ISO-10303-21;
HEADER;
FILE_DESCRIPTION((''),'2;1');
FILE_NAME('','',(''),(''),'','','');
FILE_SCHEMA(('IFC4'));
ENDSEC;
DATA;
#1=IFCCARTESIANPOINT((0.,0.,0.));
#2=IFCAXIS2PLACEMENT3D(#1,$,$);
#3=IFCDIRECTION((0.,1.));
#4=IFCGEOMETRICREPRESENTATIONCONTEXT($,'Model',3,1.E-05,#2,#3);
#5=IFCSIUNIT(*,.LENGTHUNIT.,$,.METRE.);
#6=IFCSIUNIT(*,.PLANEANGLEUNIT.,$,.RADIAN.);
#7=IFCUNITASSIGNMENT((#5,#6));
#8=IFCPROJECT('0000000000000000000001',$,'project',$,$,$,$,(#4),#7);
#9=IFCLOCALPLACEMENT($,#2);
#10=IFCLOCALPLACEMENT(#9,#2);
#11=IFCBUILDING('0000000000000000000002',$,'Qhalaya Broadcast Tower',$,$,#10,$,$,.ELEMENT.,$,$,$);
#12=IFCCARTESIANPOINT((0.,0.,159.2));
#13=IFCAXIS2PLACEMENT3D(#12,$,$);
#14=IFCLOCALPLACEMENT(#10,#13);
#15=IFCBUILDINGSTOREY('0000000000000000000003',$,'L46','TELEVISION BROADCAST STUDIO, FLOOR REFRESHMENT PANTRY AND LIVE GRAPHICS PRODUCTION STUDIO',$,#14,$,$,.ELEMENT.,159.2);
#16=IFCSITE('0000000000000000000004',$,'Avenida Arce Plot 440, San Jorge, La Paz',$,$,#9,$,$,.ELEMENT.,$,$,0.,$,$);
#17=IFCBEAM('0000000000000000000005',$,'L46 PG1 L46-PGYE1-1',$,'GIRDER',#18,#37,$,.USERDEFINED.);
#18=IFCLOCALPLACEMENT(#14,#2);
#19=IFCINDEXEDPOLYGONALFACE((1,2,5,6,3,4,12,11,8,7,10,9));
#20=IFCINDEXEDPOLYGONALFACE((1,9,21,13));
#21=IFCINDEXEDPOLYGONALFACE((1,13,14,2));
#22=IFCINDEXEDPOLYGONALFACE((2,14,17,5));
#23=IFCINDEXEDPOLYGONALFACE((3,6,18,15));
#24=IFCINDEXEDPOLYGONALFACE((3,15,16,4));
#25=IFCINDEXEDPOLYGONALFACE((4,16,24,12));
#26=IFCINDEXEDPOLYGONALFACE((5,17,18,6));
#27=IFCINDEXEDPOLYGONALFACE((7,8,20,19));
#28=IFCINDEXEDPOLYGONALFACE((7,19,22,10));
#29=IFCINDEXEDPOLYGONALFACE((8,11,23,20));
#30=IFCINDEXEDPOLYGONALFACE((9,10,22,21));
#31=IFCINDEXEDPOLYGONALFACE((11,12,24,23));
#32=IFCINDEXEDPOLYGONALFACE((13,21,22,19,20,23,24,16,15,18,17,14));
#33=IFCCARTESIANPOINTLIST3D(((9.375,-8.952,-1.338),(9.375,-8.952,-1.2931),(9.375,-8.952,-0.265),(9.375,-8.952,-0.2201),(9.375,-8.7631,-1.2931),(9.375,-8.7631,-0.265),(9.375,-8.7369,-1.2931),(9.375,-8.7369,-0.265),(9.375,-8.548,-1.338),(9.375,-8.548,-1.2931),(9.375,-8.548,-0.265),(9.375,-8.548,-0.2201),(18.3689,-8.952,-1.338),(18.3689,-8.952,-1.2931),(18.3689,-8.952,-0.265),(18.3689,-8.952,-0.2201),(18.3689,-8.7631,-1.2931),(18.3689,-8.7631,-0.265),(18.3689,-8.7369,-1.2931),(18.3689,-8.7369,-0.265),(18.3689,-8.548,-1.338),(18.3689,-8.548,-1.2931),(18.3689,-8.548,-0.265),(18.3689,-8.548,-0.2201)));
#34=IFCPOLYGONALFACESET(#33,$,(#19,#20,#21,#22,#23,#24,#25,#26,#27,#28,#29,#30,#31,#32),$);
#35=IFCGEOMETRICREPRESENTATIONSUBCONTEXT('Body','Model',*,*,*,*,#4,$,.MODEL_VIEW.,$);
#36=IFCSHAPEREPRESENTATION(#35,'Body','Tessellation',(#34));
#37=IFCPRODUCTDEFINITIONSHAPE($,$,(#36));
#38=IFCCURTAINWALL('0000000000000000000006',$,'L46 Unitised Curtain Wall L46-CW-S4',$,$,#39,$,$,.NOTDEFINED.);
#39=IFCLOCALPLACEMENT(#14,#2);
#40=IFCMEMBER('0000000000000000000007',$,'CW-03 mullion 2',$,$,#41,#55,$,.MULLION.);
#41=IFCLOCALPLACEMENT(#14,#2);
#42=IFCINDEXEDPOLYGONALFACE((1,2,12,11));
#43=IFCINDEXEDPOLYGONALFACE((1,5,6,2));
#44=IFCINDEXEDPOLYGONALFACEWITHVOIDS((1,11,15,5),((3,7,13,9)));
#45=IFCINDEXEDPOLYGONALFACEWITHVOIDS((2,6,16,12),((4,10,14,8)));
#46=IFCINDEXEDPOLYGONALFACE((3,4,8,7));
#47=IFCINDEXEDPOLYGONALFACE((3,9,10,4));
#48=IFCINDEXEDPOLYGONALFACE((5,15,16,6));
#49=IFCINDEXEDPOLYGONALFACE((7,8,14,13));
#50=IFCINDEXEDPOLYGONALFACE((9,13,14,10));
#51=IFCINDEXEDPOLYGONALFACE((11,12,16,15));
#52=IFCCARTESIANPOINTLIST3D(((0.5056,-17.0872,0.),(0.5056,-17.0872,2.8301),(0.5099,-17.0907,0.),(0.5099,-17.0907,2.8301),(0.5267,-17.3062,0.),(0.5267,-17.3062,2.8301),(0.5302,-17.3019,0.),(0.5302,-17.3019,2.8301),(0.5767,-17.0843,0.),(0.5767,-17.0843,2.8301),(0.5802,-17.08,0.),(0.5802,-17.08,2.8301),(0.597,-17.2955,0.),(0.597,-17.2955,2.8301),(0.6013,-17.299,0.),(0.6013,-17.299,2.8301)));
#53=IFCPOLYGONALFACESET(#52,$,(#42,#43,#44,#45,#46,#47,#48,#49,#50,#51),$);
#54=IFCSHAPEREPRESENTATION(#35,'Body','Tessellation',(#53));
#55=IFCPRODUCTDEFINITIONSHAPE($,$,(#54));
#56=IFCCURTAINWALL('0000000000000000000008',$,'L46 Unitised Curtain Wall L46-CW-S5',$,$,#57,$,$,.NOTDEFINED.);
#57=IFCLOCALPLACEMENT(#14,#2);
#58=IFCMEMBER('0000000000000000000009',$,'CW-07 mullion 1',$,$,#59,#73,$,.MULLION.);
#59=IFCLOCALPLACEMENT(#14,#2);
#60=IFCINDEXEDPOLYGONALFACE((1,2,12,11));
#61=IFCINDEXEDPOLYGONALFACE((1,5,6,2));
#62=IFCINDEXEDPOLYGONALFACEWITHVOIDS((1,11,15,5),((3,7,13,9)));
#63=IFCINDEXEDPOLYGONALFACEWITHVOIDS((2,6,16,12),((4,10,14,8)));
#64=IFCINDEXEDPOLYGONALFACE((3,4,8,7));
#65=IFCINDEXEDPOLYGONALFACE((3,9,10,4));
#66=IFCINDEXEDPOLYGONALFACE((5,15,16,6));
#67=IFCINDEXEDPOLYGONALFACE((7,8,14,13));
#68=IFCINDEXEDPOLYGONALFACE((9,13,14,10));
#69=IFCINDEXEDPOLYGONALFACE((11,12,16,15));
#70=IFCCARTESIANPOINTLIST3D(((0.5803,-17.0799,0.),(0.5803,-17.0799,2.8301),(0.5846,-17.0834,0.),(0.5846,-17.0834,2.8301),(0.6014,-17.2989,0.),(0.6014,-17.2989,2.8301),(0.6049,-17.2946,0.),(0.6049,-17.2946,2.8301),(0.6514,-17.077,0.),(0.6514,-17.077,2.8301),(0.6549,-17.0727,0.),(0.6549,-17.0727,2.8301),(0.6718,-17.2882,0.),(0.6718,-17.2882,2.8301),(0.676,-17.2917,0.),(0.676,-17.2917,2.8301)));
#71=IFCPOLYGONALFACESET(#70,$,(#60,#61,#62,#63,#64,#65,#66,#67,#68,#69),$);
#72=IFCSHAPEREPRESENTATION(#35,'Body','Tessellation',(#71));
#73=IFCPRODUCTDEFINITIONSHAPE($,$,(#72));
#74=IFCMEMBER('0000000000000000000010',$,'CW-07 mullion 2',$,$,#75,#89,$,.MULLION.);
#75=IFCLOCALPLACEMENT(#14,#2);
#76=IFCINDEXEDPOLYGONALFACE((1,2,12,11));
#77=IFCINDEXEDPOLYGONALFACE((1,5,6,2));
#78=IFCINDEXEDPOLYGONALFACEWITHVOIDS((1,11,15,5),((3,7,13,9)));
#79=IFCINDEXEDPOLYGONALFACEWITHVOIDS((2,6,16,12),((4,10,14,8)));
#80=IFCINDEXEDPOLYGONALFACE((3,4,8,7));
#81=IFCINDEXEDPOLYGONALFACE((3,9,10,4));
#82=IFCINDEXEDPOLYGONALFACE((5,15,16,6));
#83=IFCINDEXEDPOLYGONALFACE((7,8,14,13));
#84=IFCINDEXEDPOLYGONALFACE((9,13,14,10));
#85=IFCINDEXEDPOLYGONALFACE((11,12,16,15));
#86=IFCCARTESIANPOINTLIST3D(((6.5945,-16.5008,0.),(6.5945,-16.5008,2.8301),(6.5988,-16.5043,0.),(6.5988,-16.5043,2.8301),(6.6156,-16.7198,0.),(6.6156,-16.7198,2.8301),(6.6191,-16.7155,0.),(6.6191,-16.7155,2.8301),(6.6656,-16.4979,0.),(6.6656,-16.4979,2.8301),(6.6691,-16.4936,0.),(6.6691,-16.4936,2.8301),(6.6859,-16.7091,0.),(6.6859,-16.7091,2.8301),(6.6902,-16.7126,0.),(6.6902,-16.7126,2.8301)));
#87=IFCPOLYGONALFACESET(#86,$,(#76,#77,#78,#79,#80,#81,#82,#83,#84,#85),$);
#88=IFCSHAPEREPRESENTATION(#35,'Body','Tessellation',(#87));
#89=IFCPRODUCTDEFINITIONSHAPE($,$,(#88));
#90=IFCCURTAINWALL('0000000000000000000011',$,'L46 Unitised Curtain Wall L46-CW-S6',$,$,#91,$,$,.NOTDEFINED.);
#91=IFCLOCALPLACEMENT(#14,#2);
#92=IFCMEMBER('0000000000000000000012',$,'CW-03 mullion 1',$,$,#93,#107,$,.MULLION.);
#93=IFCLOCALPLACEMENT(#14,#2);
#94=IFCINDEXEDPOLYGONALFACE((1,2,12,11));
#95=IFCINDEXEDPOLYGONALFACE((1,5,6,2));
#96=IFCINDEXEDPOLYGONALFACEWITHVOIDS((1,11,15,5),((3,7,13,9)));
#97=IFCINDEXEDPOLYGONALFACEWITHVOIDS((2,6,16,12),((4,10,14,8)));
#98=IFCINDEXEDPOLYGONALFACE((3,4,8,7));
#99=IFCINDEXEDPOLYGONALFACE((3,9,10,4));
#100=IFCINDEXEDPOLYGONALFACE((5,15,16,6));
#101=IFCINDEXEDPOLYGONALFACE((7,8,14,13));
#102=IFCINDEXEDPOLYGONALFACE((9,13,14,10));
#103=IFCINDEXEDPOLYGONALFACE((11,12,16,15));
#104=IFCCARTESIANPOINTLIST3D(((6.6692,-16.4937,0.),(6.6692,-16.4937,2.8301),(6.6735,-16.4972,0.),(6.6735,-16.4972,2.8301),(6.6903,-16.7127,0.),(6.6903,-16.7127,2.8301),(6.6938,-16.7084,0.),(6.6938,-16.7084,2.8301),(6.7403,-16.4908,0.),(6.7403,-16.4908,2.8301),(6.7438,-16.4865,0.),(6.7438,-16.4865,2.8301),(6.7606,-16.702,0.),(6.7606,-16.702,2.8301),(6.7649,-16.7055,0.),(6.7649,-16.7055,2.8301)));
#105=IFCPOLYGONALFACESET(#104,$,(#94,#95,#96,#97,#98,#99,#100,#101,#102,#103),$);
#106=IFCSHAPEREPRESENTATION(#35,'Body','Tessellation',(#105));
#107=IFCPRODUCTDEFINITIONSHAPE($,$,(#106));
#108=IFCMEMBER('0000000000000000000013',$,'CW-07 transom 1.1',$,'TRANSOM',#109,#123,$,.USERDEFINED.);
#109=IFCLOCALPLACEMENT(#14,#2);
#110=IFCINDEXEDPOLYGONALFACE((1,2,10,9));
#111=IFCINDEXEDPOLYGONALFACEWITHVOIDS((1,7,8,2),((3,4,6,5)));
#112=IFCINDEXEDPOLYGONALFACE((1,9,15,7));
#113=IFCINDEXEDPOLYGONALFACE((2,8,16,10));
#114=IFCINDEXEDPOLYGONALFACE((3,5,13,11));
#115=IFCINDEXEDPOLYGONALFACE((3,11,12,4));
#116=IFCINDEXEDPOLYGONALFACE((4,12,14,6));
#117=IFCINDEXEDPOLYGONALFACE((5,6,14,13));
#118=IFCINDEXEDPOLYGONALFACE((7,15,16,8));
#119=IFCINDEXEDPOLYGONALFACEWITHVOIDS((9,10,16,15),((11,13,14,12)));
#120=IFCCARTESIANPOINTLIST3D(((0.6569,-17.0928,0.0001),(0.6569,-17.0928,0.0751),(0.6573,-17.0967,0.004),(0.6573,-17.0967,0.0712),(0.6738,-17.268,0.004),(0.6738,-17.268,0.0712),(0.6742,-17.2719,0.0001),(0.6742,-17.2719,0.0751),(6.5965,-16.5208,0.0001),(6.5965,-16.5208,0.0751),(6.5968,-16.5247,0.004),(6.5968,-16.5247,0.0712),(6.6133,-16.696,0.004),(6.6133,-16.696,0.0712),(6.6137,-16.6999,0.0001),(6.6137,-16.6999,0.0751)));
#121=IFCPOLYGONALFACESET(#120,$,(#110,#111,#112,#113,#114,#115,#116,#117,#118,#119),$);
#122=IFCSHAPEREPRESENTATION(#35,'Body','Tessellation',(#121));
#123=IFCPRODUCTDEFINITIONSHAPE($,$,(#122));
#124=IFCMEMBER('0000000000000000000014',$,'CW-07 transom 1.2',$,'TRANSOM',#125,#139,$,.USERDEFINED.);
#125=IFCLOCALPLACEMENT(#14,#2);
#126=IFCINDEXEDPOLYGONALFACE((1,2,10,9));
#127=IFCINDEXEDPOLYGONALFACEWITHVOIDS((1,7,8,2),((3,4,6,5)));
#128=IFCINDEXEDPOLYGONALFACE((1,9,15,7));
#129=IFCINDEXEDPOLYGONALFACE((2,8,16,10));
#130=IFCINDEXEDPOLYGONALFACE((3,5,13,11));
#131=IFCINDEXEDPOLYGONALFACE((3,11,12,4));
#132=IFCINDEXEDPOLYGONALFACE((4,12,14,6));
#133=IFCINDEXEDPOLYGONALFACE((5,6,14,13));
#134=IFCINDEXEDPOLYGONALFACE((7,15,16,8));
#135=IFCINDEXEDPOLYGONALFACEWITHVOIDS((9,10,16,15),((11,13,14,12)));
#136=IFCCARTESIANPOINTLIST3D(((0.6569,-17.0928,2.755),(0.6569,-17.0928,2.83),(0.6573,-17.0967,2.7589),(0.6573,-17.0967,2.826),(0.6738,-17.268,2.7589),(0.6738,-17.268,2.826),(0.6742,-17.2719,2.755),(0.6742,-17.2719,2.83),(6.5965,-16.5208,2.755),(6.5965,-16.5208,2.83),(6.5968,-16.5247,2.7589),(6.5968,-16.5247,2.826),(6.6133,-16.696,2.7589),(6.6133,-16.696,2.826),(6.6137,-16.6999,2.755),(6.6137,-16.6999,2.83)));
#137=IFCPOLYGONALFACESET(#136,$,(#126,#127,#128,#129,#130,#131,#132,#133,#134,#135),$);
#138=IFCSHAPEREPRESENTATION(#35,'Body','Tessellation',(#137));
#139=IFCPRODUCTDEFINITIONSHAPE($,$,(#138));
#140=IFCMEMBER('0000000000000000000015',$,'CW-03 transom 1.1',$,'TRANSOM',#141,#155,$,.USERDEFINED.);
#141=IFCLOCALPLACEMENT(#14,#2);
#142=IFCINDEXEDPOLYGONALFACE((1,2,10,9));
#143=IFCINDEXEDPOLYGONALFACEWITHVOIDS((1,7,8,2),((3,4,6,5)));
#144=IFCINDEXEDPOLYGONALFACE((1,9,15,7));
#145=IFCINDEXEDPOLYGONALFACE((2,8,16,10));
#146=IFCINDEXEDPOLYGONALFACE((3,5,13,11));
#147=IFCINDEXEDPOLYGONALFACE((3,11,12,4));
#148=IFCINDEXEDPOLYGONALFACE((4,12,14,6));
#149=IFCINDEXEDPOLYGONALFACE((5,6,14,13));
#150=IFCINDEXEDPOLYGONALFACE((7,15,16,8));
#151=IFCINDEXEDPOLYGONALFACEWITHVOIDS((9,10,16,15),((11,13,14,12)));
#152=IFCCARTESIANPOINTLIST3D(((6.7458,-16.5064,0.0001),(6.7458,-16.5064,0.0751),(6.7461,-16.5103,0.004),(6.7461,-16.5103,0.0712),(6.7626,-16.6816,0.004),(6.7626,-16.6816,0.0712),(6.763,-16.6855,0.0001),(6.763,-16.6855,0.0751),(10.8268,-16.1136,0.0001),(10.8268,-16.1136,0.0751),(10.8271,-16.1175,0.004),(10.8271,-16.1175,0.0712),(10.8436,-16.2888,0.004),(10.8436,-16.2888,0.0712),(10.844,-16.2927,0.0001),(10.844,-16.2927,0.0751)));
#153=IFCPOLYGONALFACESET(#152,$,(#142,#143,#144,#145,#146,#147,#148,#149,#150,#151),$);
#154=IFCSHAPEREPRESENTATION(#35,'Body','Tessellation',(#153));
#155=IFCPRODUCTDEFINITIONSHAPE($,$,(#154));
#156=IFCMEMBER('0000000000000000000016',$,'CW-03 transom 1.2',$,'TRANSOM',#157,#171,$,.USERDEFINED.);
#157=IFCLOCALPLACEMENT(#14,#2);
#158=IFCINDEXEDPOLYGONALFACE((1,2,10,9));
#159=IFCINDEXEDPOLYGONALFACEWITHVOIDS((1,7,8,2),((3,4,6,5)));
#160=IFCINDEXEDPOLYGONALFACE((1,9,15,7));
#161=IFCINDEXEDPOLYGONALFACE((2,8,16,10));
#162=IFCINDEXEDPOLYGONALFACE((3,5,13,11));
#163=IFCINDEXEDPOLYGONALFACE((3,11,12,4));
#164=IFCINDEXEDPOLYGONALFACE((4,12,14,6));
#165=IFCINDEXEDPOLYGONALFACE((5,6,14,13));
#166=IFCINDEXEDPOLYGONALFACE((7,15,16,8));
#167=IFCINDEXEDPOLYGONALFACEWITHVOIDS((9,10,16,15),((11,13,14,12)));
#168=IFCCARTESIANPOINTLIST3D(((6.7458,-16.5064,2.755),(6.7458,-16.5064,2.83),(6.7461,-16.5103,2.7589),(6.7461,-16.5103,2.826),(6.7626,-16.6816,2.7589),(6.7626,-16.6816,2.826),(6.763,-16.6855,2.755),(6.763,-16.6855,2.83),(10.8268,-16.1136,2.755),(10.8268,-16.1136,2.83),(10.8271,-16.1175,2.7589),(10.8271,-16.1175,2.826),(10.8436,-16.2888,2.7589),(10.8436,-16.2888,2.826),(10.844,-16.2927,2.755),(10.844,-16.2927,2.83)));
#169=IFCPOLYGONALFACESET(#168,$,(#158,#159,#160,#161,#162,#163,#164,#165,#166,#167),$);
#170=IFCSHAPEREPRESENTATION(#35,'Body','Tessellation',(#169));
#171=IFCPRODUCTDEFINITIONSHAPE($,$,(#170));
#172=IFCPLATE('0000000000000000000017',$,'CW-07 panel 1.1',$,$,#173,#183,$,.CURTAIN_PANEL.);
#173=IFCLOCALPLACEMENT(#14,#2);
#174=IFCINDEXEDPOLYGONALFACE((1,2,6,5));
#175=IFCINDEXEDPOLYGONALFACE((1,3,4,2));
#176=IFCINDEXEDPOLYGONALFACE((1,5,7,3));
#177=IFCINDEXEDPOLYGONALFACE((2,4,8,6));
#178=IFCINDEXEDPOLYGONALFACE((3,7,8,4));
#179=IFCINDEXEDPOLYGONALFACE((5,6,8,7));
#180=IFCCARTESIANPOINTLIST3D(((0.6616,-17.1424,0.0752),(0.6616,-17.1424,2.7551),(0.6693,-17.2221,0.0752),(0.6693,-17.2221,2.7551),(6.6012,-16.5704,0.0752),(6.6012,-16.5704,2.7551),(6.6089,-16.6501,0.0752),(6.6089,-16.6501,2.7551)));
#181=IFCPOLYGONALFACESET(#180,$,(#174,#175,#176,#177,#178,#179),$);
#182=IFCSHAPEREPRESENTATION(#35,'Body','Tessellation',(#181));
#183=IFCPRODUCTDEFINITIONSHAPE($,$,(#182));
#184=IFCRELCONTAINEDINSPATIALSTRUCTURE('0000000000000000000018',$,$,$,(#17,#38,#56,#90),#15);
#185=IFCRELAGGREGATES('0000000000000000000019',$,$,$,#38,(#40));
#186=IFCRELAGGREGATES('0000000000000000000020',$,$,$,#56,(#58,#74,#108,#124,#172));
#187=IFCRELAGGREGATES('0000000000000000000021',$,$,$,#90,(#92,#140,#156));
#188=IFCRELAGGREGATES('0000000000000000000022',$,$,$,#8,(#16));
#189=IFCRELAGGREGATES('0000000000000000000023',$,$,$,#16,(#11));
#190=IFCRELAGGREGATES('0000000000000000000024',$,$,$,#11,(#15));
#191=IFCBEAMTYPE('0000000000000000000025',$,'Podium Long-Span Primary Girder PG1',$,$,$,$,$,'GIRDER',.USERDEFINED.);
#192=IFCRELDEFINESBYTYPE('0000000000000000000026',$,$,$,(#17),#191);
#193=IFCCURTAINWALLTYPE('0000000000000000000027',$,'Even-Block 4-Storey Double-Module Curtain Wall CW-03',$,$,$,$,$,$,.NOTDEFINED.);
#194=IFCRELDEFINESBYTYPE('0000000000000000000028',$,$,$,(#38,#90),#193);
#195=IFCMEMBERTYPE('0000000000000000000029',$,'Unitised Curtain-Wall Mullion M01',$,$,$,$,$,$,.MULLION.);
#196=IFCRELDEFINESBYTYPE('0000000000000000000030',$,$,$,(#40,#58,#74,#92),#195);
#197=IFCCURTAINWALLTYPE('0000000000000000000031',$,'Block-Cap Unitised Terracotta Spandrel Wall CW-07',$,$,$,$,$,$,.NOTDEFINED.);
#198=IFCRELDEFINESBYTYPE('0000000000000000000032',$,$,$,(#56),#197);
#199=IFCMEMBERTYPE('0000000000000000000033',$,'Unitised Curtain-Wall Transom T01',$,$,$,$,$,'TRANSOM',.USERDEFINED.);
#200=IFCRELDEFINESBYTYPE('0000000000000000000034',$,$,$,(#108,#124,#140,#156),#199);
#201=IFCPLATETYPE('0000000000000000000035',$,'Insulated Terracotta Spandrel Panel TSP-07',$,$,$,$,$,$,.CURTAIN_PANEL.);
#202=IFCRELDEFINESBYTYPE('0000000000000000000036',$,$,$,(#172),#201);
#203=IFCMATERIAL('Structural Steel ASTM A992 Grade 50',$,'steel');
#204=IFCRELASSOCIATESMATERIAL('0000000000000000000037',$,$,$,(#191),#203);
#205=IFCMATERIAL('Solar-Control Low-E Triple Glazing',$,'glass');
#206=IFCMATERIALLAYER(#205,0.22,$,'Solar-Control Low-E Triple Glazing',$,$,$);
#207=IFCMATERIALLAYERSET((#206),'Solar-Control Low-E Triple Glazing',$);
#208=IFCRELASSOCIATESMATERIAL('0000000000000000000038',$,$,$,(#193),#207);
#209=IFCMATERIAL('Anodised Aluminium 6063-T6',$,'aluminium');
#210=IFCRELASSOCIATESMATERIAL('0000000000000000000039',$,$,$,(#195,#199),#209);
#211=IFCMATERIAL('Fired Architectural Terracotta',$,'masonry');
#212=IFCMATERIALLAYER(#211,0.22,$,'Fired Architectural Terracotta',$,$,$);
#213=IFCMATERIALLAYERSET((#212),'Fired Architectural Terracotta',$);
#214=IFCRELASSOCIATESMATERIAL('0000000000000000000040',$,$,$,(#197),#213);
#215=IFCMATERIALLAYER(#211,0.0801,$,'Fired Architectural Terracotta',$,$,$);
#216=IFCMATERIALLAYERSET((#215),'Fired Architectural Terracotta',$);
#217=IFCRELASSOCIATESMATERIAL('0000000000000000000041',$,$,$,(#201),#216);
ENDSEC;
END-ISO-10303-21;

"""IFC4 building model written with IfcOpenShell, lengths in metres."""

from ifc_helpers import new_model, si_unit, direction, frame, origin, origin_2d, place, context, subcontext, project, spatial, rectangle, hollow_rectangle, i_section, extrude, material, layer, layer_set, material_profile, profile_set, type_object, element, aggregate, save


model = new_model("IFC4")

# Units and contexts
model_context = context("Model", 3, precision=1e-05, world=origin(), true_north=direction((0.0, 1.0)))
body_context = subcontext(model_context, "Body", "Model", "MODEL_VIEW")
ifc_project = project(units=[si_unit("LENGTHUNIT", "METRE"), si_unit("PLANEANGLEUNIT", "RADIAN")], contexts=[model_context])

# Site, building, storey
site_placement = place(None, origin())
site = spatial("IfcSite", under=ifc_project, at=site_placement, Name="Avenida Arce Plot 440, San Jorge, La Paz", CompositionType="ELEMENT", RefElevation=0.0)
building_placement = place(site_placement, origin())
building = spatial("IfcBuilding", under=site, at=building_placement, Name="Qhalaya Broadcast Tower", CompositionType="ELEMENT")
storey_placement = place(building_placement, frame((0.0, 0.0, 159.2)))
storey = spatial("IfcBuildingStorey", under=building, at=storey_placement, Name="L46", Description="TELEVISION BROADCAST STUDIO, FLOOR REFRESHMENT PANTRY AND LIVE GRAPHICS PRODUCTION STUDIO", CompositionType="ELEMENT", Elevation=159.2)

# Beam
ifc_material_1 = material(Name="Structural Steel ASTM A992 Grade 50", Category="steel")
ifc_material_profile_1 = material_profile(ifc_material_1, i_section(OverallWidth=0.4041, OverallDepth=1.1179, WebThickness=0.0261, FlangeThickness=0.0449, at=origin_2d()), Name="W44X335")
ifc_profile_set_1 = profile_set([ifc_material_profile_1], Name="Structural Steel ASTM A992 Grade 50")
beam_type_1 = type_object("IfcBeamType", Name="Podium Long-Span Primary Girder PG1", ElementType="GIRDER", PredefinedType="USERDEFINED", material=ifc_profile_set_1)
beam_1_placement = place(storey_placement, frame((9.375, -8.75, -0.7791), z_axis=(1.0, 0.0, 0.0), x_axis=(0.0, 1.0, 0.0)))
element("IfcBeam", 1, at=beam_1_placement, inside=storey, type_object=beam_type_1, Name="L46 PG1 L46-PGYE1-1", ObjectType="GIRDER", PredefinedType="USERDEFINED", context=body_context, shape_type="SweptSolid", body=[
    extrude(i_section(OverallWidth=0.4041, OverallDepth=1.1179, WebThickness=0.0261, FlangeThickness=0.0449, at=origin_2d()), origin(), (0.0, 0.0, 1.0), 8.9939),
])

# Curtain wall, member
ifc_material_2 = material(Name="Solar-Control Low-E Triple Glazing", Category="glass")
ifc_layer_1 = layer(ifc_material_2, 0.22, Name="Solar-Control Low-E Triple Glazing")
ifc_layer_set_1 = layer_set([ifc_layer_1], Name="Solar-Control Low-E Triple Glazing")
curtain_wall_type_1 = type_object("IfcCurtainWallType", Name="Even-Block 4-Storey Double-Module Curtain Wall CW-03", PredefinedType="NOTDEFINED", material=ifc_layer_set_1)
curtain_wall_1_placement = place(storey_placement, origin())
curtain_wall_1 = element("IfcCurtainWall", 2, at=curtain_wall_1_placement, inside=storey, type_object=curtain_wall_type_1, Name="L46 Unitised Curtain Wall L46-CW-S4", PredefinedType="NOTDEFINED")
ifc_material_3 = material(Name="Anodised Aluminium 6063-T6", Category="aluminium")
ifc_material_profile_2 = material_profile(ifc_material_3, hollow_rectangle(XDim=0.075, YDim=0.22, WallThickness=0.0039, at=origin_2d()), Name="ALU-MUL 75x220x4")
ifc_profile_set_2 = profile_set([ifc_material_profile_2], Name="Anodised Aluminium 6063-T6")
member_type_1 = type_object("IfcMemberType", Name="Unitised Curtain-Wall Mullion M01", PredefinedType="MULLION", material=ifc_profile_set_2)
member_1_placement = place(storey_placement, frame((0.5535, -17.1931, 0.0), z_axis=(0.0, 0.0, 1.0), x_axis=(0.995395, 0.095857, 0.0)))
member_1 = element("IfcMember", 3, at=member_1_placement, type_object=member_type_1, Name="CW-03 mullion 2", PredefinedType="MULLION", context=body_context, shape_type="SweptSolid", body=[
    extrude(hollow_rectangle(XDim=0.075, YDim=0.22, WallThickness=0.0039, at=origin_2d()), origin(), (0.0, 0.0, 1.0), 2.8301),
])
aggregate(curtain_wall_1, [member_1])

# Curtain wall, members
ifc_material_4 = material(Name="Fired Architectural Terracotta", Category="masonry")
ifc_layer_2 = layer(ifc_material_4, 0.22, Name="Fired Architectural Terracotta")
ifc_layer_set_2 = layer_set([ifc_layer_2], Name="Fired Architectural Terracotta")
curtain_wall_type_2 = type_object("IfcCurtainWallType", Name="Block-Cap Unitised Terracotta Spandrel Wall CW-07", PredefinedType="NOTDEFINED", material=ifc_layer_set_2)
curtain_wall_2_placement = place(storey_placement, origin())
curtain_wall_2 = element("IfcCurtainWall", 4, at=curtain_wall_2_placement, inside=storey, type_object=curtain_wall_type_2, Name="L46 Unitised Curtain Wall L46-CW-S5", PredefinedType="NOTDEFINED")
member_2_placement = place(storey_placement, frame((0.6282, -17.1858, 0.0), z_axis=(0.0, 0.0, 1.0), x_axis=(0.995396, 0.095848, 0.0)))
member_2 = element("IfcMember", 5, at=member_2_placement, type_object=member_type_1, Name="CW-07 mullion 1", PredefinedType="MULLION", context=body_context, shape_type="SweptSolid", body=[
    extrude(hollow_rectangle(XDim=0.075, YDim=0.22, WallThickness=0.0039, at=origin_2d()), origin(), (0.0, 0.0, 1.0), 2.8301),
])
member_3_placement = place(storey_placement, frame((6.6423, -16.6067, 0.0), z_axis=(0.0, 0.0, 1.0), x_axis=(0.995396, 0.095848, 0.0)))
member_3 = element("IfcMember", 6, at=member_3_placement, type_object=member_type_1, Name="CW-07 mullion 2", PredefinedType="MULLION", context=body_context, shape_type="SweptSolid", body=[
    extrude(hollow_rectangle(XDim=0.075, YDim=0.22, WallThickness=0.0039, at=origin_2d()), origin(), (0.0, 0.0, 1.0), 2.8301),
])

# Curtain wall, member
curtain_wall_3_placement = place(storey_placement, origin())
curtain_wall_3 = element("IfcCurtainWall", 7, at=curtain_wall_3_placement, inside=storey, type_object=curtain_wall_type_1, Name="L46 Unitised Curtain Wall L46-CW-S6", PredefinedType="NOTDEFINED")
member_4_placement = place(storey_placement, frame((6.717, -16.5996, 0.0), z_axis=(0.0, 0.0, 1.0), x_axis=(0.995397, 0.095834, 0.0)))
member_4 = element("IfcMember", 8, at=member_4_placement, type_object=member_type_1, Name="CW-03 mullion 1", PredefinedType="MULLION", context=body_context, shape_type="SweptSolid", body=[
    extrude(hollow_rectangle(XDim=0.075, YDim=0.22, WallThickness=0.0039, at=origin_2d()), origin(), (0.0, 0.0, 1.0), 2.8301),
])

# Members
ifc_material_profile_3 = material_profile(ifc_material_3, hollow_rectangle(XDim=0.075, YDim=0.1799, WallThickness=0.0039, at=origin_2d()), Name="ALU-TRN 75x180x4")
ifc_profile_set_3 = profile_set([ifc_material_profile_3], Name="Anodised Aluminium 6063-T6")
member_type_2 = type_object("IfcMemberType", Name="Unitised Curtain-Wall Transom T01", ElementType="TRANSOM", PredefinedType="USERDEFINED", material=ifc_profile_set_3)
member_5_placement = place(storey_placement, frame((0.6655, -17.1824, 0.0376), z_axis=(0.995394, 0.095865, 0.0), x_axis=(0.0, 0.0, 1.0)))
member_5 = element("IfcMember", 9, at=member_5_placement, type_object=member_type_2, Name="CW-07 transom 1.1", ObjectType="TRANSOM", PredefinedType="USERDEFINED", context=body_context, shape_type="SweptSolid", body=[
    extrude(hollow_rectangle(XDim=0.075, YDim=0.1799, WallThickness=0.0039, at=origin_2d()), origin(), (0.0, 0.0, 1.0), 5.967),
])
member_6_placement = place(storey_placement, frame((0.6655, -17.1824, 2.7925), z_axis=(0.995394, 0.095865, 0.0), x_axis=(0.0, 0.0, 1.0)))
member_6 = element("IfcMember", 10, at=member_6_placement, type_object=member_type_2, Name="CW-07 transom 1.2", ObjectType="TRANSOM", PredefinedType="USERDEFINED", context=body_context, shape_type="SweptSolid", body=[
    extrude(hollow_rectangle(XDim=0.075, YDim=0.1799, WallThickness=0.0039, at=origin_2d()), origin(), (0.0, 0.0, 1.0), 5.967),
])
member_7_placement = place(storey_placement, frame((6.7544, -16.5959, 0.0376), z_axis=(0.995399, 0.095812, 0.0), x_axis=(0.0, 0.0, 1.0)))
member_7 = element("IfcMember", 11, at=member_7_placement, type_object=member_type_2, Name="CW-03 transom 1.1", ObjectType="TRANSOM", PredefinedType="USERDEFINED", context=body_context, shape_type="SweptSolid", body=[
    extrude(hollow_rectangle(XDim=0.075, YDim=0.1799, WallThickness=0.0039, at=origin_2d()), origin(), (0.0, 0.0, 1.0), 4.0999),
])
member_8_placement = place(storey_placement, frame((6.7544, -16.5959, 2.7925), z_axis=(0.995399, 0.095812, 0.0), x_axis=(0.0, 0.0, 1.0)))
member_8 = element("IfcMember", 12, at=member_8_placement, type_object=member_type_2, Name="CW-03 transom 1.2", ObjectType="TRANSOM", PredefinedType="USERDEFINED", context=body_context, shape_type="SweptSolid", body=[
    extrude(hollow_rectangle(XDim=0.075, YDim=0.1799, WallThickness=0.0039, at=origin_2d()), origin(), (0.0, 0.0, 1.0), 4.0999),
])

# Plate
ifc_layer_3 = layer(ifc_material_4, 0.0801, Name="Fired Architectural Terracotta")
ifc_layer_set_3 = layer_set([ifc_layer_3], Name="Fired Architectural Terracotta")
plate_type_1 = type_object("IfcPlateType", Name="Insulated Terracotta Spandrel Panel TSP-07", PredefinedType="CURTAIN_PANEL", material=ifc_layer_set_3)
plate_1_placement = place(storey_placement, frame((3.6353, -16.8962, 0.0752), z_axis=(0.0, 0.0, 1.0), x_axis=(0.995396, 0.095848, 0.0)))
plate_1 = element("IfcPlate", 13, at=plate_1_placement, type_object=plate_type_1, Name="CW-07 panel 1.1", PredefinedType="CURTAIN_PANEL", context=body_context, shape_type="SweptSolid", body=[
    extrude(rectangle(XDim=5.967, YDim=0.0801, at=origin_2d()), origin(), (0.0, 0.0, 1.0), 2.6799),
])
aggregate(curtain_wall_2, [member_2, member_3, member_5, member_6, plate_1])
aggregate(curtain_wall_3, [member_4, member_7, member_8])

save(model, "model.ifc")
